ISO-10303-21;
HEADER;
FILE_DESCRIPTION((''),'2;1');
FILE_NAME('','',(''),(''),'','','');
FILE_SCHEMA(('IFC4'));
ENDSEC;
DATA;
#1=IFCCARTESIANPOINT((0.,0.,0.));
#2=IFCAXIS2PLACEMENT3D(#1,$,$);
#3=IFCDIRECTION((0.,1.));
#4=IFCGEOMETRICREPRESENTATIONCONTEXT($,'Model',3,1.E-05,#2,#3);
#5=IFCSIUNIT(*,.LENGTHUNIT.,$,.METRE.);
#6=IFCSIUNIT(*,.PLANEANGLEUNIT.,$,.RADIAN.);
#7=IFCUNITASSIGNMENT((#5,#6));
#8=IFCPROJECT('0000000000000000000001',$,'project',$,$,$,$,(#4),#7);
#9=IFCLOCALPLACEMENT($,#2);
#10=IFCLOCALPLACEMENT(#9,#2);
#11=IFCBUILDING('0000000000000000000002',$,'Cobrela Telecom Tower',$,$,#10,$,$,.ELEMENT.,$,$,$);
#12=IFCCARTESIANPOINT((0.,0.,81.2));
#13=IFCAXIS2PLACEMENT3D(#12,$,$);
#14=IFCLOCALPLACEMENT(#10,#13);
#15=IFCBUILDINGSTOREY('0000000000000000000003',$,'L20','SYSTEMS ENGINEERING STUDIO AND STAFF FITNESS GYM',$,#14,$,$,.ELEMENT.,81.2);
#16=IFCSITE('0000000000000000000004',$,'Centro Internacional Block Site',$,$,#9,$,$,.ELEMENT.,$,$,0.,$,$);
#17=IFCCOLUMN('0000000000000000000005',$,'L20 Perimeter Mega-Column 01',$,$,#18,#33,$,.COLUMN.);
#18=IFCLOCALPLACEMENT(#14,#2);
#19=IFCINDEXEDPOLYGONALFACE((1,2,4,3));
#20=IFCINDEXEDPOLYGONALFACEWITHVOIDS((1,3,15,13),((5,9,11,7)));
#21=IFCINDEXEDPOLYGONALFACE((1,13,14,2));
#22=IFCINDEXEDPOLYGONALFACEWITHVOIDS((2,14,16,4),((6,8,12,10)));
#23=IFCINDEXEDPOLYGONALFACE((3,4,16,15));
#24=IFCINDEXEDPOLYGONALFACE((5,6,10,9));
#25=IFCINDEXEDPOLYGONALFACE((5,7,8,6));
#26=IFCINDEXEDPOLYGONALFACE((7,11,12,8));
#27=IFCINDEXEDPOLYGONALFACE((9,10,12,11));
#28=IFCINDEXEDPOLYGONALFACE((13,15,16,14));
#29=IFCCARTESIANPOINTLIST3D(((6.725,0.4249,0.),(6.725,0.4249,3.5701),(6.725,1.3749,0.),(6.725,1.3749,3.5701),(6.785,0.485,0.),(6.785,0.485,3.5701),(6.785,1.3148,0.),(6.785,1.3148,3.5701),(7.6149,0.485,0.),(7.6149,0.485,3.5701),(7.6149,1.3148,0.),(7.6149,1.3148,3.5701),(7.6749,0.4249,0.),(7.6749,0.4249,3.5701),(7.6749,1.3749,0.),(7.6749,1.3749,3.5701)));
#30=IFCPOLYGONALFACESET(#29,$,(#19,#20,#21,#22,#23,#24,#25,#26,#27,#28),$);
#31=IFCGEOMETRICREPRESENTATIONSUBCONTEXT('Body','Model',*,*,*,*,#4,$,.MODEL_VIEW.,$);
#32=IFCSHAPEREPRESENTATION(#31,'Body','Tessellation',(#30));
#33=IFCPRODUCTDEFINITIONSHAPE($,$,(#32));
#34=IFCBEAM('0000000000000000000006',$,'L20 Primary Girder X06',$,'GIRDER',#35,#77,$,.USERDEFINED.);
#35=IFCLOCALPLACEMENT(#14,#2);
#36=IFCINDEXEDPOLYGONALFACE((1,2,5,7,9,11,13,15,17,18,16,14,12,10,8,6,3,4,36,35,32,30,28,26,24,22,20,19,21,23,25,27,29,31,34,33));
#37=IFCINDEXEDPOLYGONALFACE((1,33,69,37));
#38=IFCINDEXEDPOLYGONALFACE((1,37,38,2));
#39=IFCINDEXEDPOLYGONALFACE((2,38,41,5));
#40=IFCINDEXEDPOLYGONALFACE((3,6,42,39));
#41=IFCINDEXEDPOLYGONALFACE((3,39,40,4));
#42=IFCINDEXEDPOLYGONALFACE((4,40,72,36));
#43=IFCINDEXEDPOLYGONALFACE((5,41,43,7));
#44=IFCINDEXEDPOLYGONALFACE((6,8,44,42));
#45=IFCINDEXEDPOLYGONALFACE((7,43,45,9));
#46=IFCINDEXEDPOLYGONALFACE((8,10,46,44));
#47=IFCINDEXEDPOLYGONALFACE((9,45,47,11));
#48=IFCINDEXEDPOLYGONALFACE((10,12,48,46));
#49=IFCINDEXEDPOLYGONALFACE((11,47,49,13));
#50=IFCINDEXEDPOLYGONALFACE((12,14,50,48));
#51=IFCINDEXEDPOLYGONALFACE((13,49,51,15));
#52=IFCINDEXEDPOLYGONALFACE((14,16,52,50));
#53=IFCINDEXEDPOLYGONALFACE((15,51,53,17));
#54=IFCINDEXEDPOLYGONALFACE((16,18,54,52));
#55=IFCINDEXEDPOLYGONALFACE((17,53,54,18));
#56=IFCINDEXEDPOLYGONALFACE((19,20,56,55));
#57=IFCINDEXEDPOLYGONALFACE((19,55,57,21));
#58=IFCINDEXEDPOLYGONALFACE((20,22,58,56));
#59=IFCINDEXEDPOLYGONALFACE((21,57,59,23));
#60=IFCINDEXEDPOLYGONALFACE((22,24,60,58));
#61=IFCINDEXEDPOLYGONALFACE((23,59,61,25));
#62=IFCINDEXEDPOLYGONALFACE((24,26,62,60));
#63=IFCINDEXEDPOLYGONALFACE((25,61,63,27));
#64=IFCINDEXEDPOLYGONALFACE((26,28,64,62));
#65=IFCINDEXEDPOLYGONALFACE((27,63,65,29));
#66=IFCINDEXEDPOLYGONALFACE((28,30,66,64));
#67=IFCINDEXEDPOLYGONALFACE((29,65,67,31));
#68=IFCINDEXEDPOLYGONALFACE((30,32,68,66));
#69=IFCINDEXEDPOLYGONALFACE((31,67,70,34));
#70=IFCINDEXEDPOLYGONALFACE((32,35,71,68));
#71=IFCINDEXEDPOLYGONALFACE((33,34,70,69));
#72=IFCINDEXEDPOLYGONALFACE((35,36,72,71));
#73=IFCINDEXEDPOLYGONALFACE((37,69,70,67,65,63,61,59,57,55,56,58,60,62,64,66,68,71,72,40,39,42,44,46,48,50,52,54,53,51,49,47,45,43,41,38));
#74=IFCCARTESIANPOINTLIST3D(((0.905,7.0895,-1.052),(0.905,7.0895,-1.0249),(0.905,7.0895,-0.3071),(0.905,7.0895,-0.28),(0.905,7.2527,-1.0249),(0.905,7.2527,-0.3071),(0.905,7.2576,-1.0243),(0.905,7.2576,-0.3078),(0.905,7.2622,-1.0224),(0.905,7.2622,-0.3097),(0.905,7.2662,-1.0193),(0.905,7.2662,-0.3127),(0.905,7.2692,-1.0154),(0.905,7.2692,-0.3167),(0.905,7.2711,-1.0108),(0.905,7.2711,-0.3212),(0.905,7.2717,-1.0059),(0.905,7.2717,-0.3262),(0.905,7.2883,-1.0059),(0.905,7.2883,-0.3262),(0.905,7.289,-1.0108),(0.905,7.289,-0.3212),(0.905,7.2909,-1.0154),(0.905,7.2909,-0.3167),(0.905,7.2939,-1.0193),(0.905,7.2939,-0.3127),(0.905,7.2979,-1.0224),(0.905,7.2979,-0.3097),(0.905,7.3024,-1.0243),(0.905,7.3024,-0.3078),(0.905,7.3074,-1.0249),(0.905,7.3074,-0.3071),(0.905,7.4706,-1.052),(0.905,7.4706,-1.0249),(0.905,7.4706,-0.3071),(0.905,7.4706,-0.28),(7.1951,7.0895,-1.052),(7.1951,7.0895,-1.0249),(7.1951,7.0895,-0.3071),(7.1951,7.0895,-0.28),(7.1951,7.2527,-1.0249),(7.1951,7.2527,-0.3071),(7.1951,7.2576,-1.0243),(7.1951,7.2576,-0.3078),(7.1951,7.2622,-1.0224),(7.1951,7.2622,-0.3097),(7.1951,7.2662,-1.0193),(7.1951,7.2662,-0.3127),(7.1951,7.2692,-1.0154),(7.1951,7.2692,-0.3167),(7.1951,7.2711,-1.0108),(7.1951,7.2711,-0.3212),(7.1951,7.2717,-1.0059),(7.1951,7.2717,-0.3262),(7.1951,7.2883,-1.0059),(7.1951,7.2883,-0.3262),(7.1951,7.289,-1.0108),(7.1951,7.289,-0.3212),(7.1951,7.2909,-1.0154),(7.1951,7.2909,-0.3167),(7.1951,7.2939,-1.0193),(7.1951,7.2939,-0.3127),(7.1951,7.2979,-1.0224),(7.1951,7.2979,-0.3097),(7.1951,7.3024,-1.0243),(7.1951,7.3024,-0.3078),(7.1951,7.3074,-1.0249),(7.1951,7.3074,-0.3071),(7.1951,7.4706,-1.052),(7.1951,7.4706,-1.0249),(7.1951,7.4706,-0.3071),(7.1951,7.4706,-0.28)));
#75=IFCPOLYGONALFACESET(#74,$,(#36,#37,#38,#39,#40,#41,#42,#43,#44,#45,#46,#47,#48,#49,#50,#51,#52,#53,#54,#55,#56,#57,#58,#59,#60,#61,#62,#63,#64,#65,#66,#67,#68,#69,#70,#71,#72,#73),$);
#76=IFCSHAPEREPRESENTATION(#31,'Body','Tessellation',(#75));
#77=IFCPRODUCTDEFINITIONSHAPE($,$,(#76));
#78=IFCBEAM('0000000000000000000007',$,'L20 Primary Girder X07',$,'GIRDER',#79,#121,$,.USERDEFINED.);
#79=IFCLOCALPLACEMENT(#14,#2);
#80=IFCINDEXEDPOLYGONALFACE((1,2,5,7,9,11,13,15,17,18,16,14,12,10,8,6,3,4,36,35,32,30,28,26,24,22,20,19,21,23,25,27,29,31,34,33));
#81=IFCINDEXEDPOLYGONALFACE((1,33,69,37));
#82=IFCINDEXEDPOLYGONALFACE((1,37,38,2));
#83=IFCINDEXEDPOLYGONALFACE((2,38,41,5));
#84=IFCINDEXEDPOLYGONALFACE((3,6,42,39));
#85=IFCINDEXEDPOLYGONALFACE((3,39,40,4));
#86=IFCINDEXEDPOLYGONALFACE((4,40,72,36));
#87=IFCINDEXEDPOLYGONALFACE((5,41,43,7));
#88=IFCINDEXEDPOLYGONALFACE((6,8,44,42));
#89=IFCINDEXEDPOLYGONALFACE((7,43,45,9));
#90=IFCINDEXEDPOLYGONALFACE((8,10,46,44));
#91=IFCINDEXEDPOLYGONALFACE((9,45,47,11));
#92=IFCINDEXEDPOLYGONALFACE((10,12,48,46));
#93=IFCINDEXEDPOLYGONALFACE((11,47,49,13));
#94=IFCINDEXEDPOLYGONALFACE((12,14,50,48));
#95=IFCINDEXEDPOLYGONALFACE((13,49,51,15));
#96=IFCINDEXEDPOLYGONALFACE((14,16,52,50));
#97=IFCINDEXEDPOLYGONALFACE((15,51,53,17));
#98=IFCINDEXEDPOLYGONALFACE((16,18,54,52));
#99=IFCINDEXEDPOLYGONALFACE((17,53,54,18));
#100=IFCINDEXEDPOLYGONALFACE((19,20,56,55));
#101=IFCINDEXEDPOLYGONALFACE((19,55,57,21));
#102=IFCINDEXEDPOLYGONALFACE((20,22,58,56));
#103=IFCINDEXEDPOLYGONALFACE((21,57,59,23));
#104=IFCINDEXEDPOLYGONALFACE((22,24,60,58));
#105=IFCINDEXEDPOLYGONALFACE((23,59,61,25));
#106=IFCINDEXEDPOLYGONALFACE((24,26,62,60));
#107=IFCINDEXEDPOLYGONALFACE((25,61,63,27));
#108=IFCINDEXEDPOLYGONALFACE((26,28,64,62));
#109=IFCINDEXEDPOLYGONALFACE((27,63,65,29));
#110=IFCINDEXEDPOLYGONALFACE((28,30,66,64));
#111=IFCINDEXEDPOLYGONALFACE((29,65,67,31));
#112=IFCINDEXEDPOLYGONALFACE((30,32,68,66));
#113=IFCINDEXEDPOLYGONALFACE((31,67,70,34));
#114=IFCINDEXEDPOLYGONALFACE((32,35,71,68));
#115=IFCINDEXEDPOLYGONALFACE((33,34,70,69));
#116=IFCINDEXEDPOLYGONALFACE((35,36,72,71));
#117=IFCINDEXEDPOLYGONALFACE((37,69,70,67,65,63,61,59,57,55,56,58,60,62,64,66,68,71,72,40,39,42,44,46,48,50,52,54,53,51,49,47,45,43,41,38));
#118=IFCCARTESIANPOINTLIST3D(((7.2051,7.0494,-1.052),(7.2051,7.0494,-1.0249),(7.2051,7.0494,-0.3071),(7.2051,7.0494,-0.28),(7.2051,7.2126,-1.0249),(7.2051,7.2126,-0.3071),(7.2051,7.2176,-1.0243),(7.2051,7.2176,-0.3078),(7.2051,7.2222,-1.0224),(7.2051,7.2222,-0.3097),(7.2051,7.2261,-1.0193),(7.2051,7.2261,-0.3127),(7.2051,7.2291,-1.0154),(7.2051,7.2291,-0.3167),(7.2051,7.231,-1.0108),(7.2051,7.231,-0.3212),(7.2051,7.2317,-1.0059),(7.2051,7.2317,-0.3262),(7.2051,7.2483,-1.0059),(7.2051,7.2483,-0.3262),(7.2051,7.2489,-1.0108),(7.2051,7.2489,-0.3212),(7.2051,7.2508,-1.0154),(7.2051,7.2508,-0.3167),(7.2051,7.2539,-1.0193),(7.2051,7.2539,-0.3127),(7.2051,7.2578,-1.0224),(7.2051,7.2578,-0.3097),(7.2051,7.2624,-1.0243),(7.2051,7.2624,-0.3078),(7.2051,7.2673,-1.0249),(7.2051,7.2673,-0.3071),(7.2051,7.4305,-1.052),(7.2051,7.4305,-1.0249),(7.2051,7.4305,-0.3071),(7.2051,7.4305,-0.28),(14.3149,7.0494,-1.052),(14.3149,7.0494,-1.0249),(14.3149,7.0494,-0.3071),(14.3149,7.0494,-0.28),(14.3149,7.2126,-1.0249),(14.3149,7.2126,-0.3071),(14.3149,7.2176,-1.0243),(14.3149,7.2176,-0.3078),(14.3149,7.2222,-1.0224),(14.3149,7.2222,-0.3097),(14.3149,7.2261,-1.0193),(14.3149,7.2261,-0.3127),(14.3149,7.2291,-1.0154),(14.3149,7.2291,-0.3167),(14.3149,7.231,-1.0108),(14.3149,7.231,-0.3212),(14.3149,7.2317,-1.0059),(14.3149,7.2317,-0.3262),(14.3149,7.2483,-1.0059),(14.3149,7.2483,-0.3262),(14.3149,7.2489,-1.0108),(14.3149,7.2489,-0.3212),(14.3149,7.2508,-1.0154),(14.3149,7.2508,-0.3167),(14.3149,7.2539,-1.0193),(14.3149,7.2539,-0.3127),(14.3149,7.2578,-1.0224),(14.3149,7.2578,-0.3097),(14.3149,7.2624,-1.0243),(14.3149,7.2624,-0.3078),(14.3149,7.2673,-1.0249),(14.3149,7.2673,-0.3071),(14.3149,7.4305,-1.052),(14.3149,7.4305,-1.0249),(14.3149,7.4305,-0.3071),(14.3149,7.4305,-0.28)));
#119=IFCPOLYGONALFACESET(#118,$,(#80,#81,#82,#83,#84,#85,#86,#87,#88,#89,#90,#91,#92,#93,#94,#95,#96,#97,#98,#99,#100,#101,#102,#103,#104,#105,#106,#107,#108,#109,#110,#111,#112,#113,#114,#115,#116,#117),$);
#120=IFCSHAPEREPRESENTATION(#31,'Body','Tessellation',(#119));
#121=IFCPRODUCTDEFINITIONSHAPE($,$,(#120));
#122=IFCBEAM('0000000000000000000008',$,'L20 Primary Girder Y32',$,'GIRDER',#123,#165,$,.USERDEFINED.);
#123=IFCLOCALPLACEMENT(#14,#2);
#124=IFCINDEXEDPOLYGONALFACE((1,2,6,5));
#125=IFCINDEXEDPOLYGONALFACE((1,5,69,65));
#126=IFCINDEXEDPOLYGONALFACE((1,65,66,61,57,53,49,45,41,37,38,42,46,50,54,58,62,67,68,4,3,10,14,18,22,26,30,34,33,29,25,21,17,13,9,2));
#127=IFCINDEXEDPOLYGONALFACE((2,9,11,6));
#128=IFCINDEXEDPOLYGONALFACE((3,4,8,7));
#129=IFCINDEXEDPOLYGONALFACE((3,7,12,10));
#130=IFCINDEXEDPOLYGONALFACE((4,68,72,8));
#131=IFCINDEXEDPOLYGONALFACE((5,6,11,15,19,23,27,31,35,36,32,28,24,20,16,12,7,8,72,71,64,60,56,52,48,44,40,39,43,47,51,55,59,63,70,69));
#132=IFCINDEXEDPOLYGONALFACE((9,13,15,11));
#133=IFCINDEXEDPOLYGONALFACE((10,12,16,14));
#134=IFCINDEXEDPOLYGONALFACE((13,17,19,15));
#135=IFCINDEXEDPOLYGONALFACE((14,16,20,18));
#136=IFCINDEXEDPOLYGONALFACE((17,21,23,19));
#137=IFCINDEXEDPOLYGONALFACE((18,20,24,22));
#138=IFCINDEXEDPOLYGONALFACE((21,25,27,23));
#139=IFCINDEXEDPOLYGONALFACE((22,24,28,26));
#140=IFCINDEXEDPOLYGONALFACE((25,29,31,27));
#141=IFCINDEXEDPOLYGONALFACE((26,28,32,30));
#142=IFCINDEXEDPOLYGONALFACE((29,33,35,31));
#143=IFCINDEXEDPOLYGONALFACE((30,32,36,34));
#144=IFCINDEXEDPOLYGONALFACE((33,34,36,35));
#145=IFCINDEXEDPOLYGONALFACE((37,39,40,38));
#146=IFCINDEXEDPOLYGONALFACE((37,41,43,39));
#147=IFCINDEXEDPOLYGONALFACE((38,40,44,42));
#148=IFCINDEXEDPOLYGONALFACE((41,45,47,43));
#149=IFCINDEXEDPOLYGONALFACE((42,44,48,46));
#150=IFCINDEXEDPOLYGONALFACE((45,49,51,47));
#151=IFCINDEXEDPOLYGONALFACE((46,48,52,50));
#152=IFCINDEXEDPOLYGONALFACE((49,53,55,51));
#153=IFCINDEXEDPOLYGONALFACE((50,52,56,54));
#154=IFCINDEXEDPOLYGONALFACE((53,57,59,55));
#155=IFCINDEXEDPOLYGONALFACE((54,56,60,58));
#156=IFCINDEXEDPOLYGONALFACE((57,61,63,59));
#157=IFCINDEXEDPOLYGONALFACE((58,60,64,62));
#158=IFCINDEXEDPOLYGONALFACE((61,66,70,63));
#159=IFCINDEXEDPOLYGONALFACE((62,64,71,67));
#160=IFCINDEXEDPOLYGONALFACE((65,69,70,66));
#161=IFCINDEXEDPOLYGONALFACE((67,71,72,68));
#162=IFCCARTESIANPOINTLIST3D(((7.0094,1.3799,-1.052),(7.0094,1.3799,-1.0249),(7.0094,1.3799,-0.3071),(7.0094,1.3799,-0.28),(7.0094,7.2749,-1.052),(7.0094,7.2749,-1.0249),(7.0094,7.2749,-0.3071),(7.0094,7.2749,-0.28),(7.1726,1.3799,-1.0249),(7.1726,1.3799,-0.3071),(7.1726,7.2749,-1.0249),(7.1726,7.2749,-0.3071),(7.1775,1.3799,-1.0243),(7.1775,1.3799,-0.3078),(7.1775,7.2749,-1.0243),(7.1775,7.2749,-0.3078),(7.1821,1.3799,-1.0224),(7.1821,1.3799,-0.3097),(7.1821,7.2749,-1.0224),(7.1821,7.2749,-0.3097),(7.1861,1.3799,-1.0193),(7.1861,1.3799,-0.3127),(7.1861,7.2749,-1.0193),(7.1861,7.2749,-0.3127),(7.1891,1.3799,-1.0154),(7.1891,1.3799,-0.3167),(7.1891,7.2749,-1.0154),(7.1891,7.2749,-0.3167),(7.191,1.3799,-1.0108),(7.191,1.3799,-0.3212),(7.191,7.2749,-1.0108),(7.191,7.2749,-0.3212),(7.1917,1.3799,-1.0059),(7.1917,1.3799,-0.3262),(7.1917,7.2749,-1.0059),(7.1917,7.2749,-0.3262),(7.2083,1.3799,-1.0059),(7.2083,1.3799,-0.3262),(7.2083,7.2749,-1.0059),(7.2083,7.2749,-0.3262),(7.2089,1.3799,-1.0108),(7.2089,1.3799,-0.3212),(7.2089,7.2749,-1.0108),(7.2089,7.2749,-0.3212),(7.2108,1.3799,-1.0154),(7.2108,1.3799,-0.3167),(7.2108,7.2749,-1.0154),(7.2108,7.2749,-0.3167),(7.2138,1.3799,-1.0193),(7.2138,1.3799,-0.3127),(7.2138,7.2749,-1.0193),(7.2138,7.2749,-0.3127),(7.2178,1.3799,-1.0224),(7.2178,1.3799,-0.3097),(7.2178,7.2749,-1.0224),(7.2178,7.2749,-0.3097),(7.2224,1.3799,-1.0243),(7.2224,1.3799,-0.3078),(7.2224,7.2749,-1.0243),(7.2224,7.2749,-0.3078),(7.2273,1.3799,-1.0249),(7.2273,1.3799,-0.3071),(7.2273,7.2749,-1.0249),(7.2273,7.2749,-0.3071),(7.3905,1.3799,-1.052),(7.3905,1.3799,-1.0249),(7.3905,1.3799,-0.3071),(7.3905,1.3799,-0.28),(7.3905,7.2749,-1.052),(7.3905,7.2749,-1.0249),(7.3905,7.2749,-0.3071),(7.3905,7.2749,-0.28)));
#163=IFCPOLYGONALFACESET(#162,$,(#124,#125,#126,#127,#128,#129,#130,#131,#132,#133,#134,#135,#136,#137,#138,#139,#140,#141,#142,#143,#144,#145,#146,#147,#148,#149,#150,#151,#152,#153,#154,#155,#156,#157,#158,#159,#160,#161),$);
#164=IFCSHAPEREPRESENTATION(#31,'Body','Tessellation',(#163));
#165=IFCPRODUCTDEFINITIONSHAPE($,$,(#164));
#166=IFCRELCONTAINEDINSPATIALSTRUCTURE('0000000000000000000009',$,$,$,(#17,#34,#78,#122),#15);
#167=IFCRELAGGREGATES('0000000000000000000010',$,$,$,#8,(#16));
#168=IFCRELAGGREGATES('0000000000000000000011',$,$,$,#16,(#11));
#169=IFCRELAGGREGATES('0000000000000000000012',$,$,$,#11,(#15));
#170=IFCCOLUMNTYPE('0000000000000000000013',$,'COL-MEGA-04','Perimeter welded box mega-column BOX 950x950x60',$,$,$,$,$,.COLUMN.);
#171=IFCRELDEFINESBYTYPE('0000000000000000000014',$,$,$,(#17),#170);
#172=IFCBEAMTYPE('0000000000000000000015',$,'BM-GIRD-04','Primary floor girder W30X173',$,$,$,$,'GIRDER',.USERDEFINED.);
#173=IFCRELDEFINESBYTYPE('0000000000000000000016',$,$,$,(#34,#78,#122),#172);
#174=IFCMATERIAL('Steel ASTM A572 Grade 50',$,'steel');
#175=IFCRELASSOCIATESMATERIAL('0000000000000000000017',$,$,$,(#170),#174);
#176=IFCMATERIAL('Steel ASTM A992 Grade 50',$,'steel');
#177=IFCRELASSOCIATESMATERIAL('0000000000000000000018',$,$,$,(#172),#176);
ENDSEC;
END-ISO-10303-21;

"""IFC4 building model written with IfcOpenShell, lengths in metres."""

from ifc_helpers import new_model, si_unit, direction, frame, origin, origin_2d, place, context, subcontext, project, spatial, hollow_rectangle, i_section, extrude, material, material_profile, profile_set, type_object, element, save


model = new_model("IFC4")

# Units and contexts
model_context = context("Model", 3, precision=1e-05, world=origin(), true_north=direction((0.0, 1.0)))
body_context = subcontext(model_context, "Body", "Model", "MODEL_VIEW")
ifc_project = project(units=[si_unit("LENGTHUNIT", "METRE"), si_unit("PLANEANGLEUNIT", "RADIAN")], contexts=[model_context])

# Site, building, storey
site_placement = place(None, origin())
site = spatial("IfcSite", under=ifc_project, at=site_placement, Name="Centro Internacional Block Site", CompositionType="ELEMENT", RefElevation=0.0)
building_placement = place(site_placement, origin())
building = spatial("IfcBuilding", under=site, at=building_placement, Name="Cobrela Telecom Tower", CompositionType="ELEMENT")
storey_placement = place(building_placement, frame((0.0, 0.0, 81.2)))
storey = spatial("IfcBuildingStorey", under=building, at=storey_placement, Name="L20", Description="SYSTEMS ENGINEERING STUDIO AND STAFF FITNESS GYM", CompositionType="ELEMENT", Elevation=81.2)

# Column
ifc_material_1 = material(Name="Steel ASTM A572 Grade 50", Category="steel")
ifc_material_profile_1 = material_profile(ifc_material_1, hollow_rectangle(XDim=0.95, YDim=0.95, WallThickness=0.0601, at=origin_2d()), Name="BOX 950x950x60")
ifc_profile_set_1 = profile_set([ifc_material_profile_1], Name="Steel ASTM A572 Grade 50")
column_type = type_object("IfcColumnType", Name="COL-MEGA-04", Description="Perimeter welded box mega-column BOX 950x950x60", PredefinedType="COLUMN", material=ifc_profile_set_1)
column_placement = place(storey_placement, frame((7.2, 0.8999, 0.0), z_axis=(0.0, 0.0, 1.0), x_axis=(1.0, 0.0, 0.0)))
element("IfcColumn", 1, at=column_placement, inside=storey, type_object=column_type, Name="L20 Perimeter Mega-Column 01", PredefinedType="COLUMN", context=body_context, shape_type="SweptSolid", body=[
    extrude(hollow_rectangle(XDim=0.95, YDim=0.95, WallThickness=0.0601, at=origin_2d()), origin(), (0.0, 0.0, 1.0), 3.5701),
])

# Beams
ifc_material_2 = material(Name="Steel ASTM A992 Grade 50", Category="steel")
ifc_material_profile_2 = material_profile(ifc_material_2, i_section(OverallWidth=0.3811, OverallDepth=0.772, WebThickness=0.0166, FlangeThickness=0.0271, FilletRadius=0.019, at=origin_2d()), Name="W30X173")
ifc_profile_set_2 = profile_set([ifc_material_profile_2], Name="Steel ASTM A992 Grade 50")
beam_type_1 = type_object("IfcBeamType", Name="BM-GIRD-04", Description="Primary floor girder W30X173", ElementType="GIRDER", PredefinedType="USERDEFINED", material=ifc_profile_set_2)
beam_1_placement = place(storey_placement, frame((0.905, 7.28, -0.666), z_axis=(1.0, 0.0, 0.0), x_axis=(0.0, 1.0, 0.0)))
element("IfcBeam", 2, at=beam_1_placement, inside=storey, type_object=beam_type_1, Name="L20 Primary Girder X06", ObjectType="GIRDER", PredefinedType="USERDEFINED", context=body_context, shape_type="SweptSolid", body=[
    extrude(i_section(OverallWidth=0.3811, OverallDepth=0.772, WebThickness=0.0166, FlangeThickness=0.0271, FilletRadius=0.019, at=origin_2d()), origin(), (0.0, 0.0, 1.0), 6.29),
])
beam_2_placement = place(storey_placement, frame((7.2051, 7.24, -0.666), z_axis=(1.0, 0.0, 0.0), x_axis=(0.0, 1.0, 0.0)))
element("IfcBeam", 3, at=beam_2_placement, inside=storey, type_object=beam_type_1, Name="L20 Primary Girder X07", ObjectType="GIRDER", PredefinedType="USERDEFINED", context=body_context, shape_type="SweptSolid", body=[
    extrude(i_section(OverallWidth=0.3811, OverallDepth=0.772, WebThickness=0.0166, FlangeThickness=0.0271, FilletRadius=0.019, at=origin_2d()), origin(), (0.0, 0.0, 1.0), 7.1099),
])
beam_3_placement = place(storey_placement, frame((7.2, 1.3799, -0.666), z_axis=(0.0, 1.0, 0.0), x_axis=(-1.0, 0.0, 0.0)))
element("IfcBeam", 4, at=beam_3_placement, inside=storey, type_object=beam_type_1, Name="L20 Primary Girder Y32", ObjectType="GIRDER", PredefinedType="USERDEFINED", context=body_context, shape_type="SweptSolid", body=[
    extrude(i_section(OverallWidth=0.3811, OverallDepth=0.772, WebThickness=0.0166, FlangeThickness=0.0271, FilletRadius=0.019, at=origin_2d()), origin(), (0.0, 0.0, 1.0), 5.895),
])

save(model, "model.ifc")
